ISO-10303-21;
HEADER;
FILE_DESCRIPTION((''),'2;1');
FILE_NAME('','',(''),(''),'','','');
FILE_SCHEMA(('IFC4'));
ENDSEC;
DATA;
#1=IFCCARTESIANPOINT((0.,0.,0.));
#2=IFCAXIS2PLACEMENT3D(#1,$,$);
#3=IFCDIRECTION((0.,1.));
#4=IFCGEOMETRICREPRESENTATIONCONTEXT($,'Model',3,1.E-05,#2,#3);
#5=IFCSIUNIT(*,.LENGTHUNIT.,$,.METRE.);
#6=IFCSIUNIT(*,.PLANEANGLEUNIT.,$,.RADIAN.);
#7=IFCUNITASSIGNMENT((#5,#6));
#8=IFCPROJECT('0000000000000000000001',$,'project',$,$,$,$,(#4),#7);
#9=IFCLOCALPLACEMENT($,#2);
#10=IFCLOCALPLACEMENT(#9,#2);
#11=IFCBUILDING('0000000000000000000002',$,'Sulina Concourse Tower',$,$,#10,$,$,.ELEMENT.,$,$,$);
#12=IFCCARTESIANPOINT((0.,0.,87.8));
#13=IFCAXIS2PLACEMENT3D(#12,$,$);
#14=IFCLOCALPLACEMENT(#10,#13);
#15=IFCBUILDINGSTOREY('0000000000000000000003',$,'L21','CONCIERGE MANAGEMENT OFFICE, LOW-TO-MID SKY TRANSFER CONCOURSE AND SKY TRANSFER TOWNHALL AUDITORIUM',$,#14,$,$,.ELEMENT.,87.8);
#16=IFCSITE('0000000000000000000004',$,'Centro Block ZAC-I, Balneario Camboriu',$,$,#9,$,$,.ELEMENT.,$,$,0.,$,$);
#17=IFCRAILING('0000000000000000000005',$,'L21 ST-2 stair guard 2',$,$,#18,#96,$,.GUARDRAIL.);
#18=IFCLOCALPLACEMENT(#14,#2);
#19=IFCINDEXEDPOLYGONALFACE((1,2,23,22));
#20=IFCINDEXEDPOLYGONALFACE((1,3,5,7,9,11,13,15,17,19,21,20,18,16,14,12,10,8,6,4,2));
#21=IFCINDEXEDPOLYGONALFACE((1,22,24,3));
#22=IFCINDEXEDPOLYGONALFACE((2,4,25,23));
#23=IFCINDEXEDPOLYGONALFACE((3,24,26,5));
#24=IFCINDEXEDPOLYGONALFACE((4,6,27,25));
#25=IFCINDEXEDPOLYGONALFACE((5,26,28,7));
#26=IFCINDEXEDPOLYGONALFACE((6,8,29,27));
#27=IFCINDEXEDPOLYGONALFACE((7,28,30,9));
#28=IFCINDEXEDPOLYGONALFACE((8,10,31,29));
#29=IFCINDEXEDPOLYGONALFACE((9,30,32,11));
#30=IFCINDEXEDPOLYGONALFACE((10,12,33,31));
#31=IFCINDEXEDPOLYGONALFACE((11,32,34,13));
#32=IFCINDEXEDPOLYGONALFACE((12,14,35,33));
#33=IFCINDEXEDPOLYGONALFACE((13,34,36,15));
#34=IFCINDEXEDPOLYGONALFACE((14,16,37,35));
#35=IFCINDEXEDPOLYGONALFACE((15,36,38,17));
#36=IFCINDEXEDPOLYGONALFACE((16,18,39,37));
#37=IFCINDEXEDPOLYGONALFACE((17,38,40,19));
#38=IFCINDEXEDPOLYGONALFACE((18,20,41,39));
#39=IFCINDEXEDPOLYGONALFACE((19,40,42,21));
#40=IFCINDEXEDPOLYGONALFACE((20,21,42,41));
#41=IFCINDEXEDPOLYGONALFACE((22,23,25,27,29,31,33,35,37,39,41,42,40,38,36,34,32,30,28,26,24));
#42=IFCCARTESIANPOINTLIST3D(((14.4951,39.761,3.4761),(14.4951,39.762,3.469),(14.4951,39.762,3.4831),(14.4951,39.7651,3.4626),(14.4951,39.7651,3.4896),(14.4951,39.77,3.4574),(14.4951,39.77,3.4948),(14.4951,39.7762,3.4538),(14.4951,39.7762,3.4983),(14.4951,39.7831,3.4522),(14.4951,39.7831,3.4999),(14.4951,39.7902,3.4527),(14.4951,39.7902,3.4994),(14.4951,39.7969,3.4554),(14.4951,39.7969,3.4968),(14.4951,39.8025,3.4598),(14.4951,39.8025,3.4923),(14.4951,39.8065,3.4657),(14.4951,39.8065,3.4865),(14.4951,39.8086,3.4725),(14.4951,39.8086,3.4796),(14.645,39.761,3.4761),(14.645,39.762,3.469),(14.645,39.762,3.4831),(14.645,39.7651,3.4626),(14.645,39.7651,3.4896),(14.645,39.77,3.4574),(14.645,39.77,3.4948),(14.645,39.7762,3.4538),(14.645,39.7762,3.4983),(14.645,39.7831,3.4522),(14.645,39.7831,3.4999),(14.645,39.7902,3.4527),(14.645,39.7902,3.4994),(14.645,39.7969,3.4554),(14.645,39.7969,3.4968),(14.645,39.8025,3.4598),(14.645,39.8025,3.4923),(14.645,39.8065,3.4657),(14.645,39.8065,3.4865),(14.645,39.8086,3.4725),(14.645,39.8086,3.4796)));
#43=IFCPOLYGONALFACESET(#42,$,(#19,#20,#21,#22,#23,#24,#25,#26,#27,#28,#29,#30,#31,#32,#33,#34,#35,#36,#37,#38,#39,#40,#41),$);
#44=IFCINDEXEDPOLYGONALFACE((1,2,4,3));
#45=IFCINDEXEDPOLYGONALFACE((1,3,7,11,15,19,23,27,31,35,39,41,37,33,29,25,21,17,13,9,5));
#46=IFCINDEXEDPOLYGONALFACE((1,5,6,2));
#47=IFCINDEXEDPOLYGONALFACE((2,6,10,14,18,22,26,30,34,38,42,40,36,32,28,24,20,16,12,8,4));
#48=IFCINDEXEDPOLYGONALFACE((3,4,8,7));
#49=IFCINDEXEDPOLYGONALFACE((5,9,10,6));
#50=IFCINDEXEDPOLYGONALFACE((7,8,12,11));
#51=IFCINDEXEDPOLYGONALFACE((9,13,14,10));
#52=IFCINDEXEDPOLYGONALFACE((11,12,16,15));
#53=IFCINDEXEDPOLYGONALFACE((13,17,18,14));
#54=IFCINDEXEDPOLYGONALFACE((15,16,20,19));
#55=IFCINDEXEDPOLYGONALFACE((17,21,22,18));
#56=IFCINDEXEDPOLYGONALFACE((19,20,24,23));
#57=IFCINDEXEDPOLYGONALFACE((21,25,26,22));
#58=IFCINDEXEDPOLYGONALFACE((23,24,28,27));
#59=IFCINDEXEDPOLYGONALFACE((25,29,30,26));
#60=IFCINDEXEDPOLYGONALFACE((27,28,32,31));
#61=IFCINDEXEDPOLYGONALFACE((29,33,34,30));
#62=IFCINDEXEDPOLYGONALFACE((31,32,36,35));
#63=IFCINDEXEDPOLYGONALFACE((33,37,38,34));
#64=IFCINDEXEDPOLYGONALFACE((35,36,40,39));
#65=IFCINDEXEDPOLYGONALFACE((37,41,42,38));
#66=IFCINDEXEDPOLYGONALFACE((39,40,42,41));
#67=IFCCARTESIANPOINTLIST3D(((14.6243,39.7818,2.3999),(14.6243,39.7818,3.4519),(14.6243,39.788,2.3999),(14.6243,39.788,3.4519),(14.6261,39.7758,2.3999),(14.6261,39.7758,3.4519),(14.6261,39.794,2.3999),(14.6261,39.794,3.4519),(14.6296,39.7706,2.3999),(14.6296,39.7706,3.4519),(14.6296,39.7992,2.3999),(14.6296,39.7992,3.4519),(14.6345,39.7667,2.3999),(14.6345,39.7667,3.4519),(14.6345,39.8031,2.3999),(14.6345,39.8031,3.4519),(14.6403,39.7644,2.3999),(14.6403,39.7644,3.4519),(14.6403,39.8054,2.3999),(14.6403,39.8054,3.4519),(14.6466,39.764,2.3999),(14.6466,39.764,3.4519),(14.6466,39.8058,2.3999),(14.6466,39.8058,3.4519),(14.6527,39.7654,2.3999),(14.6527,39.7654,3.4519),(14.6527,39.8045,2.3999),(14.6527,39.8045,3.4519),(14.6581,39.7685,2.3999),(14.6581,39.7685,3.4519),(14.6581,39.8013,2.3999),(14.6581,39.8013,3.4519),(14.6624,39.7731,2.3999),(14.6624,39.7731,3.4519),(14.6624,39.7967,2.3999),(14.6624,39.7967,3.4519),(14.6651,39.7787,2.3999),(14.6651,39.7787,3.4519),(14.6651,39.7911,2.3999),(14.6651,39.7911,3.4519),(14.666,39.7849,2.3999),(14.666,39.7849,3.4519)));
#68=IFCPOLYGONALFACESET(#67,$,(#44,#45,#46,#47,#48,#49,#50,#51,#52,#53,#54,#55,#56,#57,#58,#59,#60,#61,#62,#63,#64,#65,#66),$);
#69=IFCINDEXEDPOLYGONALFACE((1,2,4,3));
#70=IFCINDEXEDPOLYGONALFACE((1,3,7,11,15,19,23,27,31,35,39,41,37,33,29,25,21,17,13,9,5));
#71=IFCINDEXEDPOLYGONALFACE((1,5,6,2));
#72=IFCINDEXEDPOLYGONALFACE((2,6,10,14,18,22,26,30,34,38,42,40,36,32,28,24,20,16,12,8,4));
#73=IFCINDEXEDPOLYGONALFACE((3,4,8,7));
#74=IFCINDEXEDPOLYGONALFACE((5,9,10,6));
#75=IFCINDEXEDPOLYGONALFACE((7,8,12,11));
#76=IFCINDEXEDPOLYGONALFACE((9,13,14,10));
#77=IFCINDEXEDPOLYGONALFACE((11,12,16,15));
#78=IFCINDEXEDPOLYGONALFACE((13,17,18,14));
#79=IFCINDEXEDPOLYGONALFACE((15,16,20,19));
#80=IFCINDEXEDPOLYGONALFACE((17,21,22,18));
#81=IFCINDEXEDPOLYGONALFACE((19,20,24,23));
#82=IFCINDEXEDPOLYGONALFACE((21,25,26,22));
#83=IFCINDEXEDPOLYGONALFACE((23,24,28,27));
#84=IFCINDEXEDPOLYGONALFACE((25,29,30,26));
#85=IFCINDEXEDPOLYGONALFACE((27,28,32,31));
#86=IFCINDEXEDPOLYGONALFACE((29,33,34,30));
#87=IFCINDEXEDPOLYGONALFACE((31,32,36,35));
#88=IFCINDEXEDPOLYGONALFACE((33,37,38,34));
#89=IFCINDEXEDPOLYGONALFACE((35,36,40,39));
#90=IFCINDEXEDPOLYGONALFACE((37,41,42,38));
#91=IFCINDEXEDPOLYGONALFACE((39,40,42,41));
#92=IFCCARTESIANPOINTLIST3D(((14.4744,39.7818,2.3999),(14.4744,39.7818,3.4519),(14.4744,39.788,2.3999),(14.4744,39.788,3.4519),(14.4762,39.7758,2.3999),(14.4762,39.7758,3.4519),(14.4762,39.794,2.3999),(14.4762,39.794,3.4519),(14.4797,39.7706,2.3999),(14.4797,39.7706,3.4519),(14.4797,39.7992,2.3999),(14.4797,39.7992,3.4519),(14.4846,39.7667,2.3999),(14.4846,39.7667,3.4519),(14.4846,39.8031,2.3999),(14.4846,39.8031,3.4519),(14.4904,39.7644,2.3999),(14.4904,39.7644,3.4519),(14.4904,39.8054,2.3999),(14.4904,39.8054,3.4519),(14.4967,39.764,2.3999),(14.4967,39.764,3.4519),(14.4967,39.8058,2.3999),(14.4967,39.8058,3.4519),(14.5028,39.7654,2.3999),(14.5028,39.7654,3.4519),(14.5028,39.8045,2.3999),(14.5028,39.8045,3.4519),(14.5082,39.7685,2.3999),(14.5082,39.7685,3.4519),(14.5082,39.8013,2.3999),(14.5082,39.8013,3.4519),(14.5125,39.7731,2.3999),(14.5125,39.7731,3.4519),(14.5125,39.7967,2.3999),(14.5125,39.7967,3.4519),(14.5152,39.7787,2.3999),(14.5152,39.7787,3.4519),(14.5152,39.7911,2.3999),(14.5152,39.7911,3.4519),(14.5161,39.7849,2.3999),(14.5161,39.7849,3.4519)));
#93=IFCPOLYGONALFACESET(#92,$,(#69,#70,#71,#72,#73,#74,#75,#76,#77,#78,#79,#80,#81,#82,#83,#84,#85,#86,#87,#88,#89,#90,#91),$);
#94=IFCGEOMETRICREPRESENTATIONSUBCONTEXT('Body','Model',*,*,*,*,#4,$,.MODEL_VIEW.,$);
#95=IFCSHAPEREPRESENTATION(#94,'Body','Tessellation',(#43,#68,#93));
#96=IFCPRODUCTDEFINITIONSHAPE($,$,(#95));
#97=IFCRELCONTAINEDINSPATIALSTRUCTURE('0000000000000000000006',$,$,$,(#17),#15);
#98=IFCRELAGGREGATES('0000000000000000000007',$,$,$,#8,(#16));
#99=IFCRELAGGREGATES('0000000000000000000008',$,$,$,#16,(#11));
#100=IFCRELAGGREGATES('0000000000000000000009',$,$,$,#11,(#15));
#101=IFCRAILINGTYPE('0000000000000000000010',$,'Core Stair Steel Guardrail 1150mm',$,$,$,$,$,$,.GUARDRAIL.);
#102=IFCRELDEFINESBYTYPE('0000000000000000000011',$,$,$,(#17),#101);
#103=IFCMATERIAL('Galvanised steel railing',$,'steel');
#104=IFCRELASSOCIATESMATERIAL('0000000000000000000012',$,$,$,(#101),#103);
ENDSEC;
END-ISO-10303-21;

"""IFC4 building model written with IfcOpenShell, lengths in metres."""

from ifc_helpers import new_model, si_unit, direction, frame, origin, origin_2d, place, context, subcontext, project, spatial, circle, extrude, material, type_object, element, save


model = new_model("IFC4")

# Units and contexts
model_context = context("Model", 3, precision=1e-05, world=origin(), true_north=direction((0.0, 1.0)))
body_context = subcontext(model_context, "Body", "Model", "MODEL_VIEW")
ifc_project = project(units=[si_unit("LENGTHUNIT", "METRE"), si_unit("PLANEANGLEUNIT", "RADIAN")], contexts=[model_context])

# Site, building, storey
site_placement = place(None, origin())
site = spatial("IfcSite", under=ifc_project, at=site_placement, Name="Centro Block ZAC-I, Balneario Camboriu", CompositionType="ELEMENT", RefElevation=0.0)
building_placement = place(site_placement, origin())
building = spatial("IfcBuilding", under=site, at=building_placement, Name="Sulina Concourse Tower", CompositionType="ELEMENT")
storey_placement = place(building_placement, frame((0.0, 0.0, 87.8)))
storey = spatial("IfcBuildingStorey", under=building, at=storey_placement, Name="L21", Description="CONCIERGE MANAGEMENT OFFICE, LOW-TO-MID SKY TRANSFER CONCOURSE AND SKY TRANSFER TOWNHALL AUDITORIUM", CompositionType="ELEMENT", Elevation=87.8)

# Railing
ifc_material_1 = material(Name="Galvanised steel railing", Category="steel")
railing_type_1 = type_object("IfcRailingType", Name="Core Stair Steel Guardrail 1150mm", PredefinedType="GUARDRAIL", material=ifc_material_1)
railing_1_placement = place(storey_placement, frame((14.645, 39.7849, 2.3999)))
element("IfcRailing", 1, at=railing_1_placement, inside=storey, type_object=railing_type_1, Name="L21 ST-2 stair guard 2", PredefinedType="GUARDRAIL", context=body_context, shape_type="SweptSolid", body=[
    extrude(circle(Radius=0.0239, at=origin_2d()), frame((0.0, 0.0, 1.0762), z_axis=(-1.0, 0.0, 0.0), x_axis=(0.0, -1.0, 0.0)), (0.0, 0.0, 1.0), 0.1499),
    extrude(circle(Radius=0.021, at=origin_2d()), origin(), (0.0, 0.0, 1.0), 1.052),
    extrude(circle(Radius=0.021, at=origin_2d()), frame((-0.1499, 0.0, 0.0)), (0.0, 0.0, 1.0), 1.052),
])

save(model, "model.ifc")
